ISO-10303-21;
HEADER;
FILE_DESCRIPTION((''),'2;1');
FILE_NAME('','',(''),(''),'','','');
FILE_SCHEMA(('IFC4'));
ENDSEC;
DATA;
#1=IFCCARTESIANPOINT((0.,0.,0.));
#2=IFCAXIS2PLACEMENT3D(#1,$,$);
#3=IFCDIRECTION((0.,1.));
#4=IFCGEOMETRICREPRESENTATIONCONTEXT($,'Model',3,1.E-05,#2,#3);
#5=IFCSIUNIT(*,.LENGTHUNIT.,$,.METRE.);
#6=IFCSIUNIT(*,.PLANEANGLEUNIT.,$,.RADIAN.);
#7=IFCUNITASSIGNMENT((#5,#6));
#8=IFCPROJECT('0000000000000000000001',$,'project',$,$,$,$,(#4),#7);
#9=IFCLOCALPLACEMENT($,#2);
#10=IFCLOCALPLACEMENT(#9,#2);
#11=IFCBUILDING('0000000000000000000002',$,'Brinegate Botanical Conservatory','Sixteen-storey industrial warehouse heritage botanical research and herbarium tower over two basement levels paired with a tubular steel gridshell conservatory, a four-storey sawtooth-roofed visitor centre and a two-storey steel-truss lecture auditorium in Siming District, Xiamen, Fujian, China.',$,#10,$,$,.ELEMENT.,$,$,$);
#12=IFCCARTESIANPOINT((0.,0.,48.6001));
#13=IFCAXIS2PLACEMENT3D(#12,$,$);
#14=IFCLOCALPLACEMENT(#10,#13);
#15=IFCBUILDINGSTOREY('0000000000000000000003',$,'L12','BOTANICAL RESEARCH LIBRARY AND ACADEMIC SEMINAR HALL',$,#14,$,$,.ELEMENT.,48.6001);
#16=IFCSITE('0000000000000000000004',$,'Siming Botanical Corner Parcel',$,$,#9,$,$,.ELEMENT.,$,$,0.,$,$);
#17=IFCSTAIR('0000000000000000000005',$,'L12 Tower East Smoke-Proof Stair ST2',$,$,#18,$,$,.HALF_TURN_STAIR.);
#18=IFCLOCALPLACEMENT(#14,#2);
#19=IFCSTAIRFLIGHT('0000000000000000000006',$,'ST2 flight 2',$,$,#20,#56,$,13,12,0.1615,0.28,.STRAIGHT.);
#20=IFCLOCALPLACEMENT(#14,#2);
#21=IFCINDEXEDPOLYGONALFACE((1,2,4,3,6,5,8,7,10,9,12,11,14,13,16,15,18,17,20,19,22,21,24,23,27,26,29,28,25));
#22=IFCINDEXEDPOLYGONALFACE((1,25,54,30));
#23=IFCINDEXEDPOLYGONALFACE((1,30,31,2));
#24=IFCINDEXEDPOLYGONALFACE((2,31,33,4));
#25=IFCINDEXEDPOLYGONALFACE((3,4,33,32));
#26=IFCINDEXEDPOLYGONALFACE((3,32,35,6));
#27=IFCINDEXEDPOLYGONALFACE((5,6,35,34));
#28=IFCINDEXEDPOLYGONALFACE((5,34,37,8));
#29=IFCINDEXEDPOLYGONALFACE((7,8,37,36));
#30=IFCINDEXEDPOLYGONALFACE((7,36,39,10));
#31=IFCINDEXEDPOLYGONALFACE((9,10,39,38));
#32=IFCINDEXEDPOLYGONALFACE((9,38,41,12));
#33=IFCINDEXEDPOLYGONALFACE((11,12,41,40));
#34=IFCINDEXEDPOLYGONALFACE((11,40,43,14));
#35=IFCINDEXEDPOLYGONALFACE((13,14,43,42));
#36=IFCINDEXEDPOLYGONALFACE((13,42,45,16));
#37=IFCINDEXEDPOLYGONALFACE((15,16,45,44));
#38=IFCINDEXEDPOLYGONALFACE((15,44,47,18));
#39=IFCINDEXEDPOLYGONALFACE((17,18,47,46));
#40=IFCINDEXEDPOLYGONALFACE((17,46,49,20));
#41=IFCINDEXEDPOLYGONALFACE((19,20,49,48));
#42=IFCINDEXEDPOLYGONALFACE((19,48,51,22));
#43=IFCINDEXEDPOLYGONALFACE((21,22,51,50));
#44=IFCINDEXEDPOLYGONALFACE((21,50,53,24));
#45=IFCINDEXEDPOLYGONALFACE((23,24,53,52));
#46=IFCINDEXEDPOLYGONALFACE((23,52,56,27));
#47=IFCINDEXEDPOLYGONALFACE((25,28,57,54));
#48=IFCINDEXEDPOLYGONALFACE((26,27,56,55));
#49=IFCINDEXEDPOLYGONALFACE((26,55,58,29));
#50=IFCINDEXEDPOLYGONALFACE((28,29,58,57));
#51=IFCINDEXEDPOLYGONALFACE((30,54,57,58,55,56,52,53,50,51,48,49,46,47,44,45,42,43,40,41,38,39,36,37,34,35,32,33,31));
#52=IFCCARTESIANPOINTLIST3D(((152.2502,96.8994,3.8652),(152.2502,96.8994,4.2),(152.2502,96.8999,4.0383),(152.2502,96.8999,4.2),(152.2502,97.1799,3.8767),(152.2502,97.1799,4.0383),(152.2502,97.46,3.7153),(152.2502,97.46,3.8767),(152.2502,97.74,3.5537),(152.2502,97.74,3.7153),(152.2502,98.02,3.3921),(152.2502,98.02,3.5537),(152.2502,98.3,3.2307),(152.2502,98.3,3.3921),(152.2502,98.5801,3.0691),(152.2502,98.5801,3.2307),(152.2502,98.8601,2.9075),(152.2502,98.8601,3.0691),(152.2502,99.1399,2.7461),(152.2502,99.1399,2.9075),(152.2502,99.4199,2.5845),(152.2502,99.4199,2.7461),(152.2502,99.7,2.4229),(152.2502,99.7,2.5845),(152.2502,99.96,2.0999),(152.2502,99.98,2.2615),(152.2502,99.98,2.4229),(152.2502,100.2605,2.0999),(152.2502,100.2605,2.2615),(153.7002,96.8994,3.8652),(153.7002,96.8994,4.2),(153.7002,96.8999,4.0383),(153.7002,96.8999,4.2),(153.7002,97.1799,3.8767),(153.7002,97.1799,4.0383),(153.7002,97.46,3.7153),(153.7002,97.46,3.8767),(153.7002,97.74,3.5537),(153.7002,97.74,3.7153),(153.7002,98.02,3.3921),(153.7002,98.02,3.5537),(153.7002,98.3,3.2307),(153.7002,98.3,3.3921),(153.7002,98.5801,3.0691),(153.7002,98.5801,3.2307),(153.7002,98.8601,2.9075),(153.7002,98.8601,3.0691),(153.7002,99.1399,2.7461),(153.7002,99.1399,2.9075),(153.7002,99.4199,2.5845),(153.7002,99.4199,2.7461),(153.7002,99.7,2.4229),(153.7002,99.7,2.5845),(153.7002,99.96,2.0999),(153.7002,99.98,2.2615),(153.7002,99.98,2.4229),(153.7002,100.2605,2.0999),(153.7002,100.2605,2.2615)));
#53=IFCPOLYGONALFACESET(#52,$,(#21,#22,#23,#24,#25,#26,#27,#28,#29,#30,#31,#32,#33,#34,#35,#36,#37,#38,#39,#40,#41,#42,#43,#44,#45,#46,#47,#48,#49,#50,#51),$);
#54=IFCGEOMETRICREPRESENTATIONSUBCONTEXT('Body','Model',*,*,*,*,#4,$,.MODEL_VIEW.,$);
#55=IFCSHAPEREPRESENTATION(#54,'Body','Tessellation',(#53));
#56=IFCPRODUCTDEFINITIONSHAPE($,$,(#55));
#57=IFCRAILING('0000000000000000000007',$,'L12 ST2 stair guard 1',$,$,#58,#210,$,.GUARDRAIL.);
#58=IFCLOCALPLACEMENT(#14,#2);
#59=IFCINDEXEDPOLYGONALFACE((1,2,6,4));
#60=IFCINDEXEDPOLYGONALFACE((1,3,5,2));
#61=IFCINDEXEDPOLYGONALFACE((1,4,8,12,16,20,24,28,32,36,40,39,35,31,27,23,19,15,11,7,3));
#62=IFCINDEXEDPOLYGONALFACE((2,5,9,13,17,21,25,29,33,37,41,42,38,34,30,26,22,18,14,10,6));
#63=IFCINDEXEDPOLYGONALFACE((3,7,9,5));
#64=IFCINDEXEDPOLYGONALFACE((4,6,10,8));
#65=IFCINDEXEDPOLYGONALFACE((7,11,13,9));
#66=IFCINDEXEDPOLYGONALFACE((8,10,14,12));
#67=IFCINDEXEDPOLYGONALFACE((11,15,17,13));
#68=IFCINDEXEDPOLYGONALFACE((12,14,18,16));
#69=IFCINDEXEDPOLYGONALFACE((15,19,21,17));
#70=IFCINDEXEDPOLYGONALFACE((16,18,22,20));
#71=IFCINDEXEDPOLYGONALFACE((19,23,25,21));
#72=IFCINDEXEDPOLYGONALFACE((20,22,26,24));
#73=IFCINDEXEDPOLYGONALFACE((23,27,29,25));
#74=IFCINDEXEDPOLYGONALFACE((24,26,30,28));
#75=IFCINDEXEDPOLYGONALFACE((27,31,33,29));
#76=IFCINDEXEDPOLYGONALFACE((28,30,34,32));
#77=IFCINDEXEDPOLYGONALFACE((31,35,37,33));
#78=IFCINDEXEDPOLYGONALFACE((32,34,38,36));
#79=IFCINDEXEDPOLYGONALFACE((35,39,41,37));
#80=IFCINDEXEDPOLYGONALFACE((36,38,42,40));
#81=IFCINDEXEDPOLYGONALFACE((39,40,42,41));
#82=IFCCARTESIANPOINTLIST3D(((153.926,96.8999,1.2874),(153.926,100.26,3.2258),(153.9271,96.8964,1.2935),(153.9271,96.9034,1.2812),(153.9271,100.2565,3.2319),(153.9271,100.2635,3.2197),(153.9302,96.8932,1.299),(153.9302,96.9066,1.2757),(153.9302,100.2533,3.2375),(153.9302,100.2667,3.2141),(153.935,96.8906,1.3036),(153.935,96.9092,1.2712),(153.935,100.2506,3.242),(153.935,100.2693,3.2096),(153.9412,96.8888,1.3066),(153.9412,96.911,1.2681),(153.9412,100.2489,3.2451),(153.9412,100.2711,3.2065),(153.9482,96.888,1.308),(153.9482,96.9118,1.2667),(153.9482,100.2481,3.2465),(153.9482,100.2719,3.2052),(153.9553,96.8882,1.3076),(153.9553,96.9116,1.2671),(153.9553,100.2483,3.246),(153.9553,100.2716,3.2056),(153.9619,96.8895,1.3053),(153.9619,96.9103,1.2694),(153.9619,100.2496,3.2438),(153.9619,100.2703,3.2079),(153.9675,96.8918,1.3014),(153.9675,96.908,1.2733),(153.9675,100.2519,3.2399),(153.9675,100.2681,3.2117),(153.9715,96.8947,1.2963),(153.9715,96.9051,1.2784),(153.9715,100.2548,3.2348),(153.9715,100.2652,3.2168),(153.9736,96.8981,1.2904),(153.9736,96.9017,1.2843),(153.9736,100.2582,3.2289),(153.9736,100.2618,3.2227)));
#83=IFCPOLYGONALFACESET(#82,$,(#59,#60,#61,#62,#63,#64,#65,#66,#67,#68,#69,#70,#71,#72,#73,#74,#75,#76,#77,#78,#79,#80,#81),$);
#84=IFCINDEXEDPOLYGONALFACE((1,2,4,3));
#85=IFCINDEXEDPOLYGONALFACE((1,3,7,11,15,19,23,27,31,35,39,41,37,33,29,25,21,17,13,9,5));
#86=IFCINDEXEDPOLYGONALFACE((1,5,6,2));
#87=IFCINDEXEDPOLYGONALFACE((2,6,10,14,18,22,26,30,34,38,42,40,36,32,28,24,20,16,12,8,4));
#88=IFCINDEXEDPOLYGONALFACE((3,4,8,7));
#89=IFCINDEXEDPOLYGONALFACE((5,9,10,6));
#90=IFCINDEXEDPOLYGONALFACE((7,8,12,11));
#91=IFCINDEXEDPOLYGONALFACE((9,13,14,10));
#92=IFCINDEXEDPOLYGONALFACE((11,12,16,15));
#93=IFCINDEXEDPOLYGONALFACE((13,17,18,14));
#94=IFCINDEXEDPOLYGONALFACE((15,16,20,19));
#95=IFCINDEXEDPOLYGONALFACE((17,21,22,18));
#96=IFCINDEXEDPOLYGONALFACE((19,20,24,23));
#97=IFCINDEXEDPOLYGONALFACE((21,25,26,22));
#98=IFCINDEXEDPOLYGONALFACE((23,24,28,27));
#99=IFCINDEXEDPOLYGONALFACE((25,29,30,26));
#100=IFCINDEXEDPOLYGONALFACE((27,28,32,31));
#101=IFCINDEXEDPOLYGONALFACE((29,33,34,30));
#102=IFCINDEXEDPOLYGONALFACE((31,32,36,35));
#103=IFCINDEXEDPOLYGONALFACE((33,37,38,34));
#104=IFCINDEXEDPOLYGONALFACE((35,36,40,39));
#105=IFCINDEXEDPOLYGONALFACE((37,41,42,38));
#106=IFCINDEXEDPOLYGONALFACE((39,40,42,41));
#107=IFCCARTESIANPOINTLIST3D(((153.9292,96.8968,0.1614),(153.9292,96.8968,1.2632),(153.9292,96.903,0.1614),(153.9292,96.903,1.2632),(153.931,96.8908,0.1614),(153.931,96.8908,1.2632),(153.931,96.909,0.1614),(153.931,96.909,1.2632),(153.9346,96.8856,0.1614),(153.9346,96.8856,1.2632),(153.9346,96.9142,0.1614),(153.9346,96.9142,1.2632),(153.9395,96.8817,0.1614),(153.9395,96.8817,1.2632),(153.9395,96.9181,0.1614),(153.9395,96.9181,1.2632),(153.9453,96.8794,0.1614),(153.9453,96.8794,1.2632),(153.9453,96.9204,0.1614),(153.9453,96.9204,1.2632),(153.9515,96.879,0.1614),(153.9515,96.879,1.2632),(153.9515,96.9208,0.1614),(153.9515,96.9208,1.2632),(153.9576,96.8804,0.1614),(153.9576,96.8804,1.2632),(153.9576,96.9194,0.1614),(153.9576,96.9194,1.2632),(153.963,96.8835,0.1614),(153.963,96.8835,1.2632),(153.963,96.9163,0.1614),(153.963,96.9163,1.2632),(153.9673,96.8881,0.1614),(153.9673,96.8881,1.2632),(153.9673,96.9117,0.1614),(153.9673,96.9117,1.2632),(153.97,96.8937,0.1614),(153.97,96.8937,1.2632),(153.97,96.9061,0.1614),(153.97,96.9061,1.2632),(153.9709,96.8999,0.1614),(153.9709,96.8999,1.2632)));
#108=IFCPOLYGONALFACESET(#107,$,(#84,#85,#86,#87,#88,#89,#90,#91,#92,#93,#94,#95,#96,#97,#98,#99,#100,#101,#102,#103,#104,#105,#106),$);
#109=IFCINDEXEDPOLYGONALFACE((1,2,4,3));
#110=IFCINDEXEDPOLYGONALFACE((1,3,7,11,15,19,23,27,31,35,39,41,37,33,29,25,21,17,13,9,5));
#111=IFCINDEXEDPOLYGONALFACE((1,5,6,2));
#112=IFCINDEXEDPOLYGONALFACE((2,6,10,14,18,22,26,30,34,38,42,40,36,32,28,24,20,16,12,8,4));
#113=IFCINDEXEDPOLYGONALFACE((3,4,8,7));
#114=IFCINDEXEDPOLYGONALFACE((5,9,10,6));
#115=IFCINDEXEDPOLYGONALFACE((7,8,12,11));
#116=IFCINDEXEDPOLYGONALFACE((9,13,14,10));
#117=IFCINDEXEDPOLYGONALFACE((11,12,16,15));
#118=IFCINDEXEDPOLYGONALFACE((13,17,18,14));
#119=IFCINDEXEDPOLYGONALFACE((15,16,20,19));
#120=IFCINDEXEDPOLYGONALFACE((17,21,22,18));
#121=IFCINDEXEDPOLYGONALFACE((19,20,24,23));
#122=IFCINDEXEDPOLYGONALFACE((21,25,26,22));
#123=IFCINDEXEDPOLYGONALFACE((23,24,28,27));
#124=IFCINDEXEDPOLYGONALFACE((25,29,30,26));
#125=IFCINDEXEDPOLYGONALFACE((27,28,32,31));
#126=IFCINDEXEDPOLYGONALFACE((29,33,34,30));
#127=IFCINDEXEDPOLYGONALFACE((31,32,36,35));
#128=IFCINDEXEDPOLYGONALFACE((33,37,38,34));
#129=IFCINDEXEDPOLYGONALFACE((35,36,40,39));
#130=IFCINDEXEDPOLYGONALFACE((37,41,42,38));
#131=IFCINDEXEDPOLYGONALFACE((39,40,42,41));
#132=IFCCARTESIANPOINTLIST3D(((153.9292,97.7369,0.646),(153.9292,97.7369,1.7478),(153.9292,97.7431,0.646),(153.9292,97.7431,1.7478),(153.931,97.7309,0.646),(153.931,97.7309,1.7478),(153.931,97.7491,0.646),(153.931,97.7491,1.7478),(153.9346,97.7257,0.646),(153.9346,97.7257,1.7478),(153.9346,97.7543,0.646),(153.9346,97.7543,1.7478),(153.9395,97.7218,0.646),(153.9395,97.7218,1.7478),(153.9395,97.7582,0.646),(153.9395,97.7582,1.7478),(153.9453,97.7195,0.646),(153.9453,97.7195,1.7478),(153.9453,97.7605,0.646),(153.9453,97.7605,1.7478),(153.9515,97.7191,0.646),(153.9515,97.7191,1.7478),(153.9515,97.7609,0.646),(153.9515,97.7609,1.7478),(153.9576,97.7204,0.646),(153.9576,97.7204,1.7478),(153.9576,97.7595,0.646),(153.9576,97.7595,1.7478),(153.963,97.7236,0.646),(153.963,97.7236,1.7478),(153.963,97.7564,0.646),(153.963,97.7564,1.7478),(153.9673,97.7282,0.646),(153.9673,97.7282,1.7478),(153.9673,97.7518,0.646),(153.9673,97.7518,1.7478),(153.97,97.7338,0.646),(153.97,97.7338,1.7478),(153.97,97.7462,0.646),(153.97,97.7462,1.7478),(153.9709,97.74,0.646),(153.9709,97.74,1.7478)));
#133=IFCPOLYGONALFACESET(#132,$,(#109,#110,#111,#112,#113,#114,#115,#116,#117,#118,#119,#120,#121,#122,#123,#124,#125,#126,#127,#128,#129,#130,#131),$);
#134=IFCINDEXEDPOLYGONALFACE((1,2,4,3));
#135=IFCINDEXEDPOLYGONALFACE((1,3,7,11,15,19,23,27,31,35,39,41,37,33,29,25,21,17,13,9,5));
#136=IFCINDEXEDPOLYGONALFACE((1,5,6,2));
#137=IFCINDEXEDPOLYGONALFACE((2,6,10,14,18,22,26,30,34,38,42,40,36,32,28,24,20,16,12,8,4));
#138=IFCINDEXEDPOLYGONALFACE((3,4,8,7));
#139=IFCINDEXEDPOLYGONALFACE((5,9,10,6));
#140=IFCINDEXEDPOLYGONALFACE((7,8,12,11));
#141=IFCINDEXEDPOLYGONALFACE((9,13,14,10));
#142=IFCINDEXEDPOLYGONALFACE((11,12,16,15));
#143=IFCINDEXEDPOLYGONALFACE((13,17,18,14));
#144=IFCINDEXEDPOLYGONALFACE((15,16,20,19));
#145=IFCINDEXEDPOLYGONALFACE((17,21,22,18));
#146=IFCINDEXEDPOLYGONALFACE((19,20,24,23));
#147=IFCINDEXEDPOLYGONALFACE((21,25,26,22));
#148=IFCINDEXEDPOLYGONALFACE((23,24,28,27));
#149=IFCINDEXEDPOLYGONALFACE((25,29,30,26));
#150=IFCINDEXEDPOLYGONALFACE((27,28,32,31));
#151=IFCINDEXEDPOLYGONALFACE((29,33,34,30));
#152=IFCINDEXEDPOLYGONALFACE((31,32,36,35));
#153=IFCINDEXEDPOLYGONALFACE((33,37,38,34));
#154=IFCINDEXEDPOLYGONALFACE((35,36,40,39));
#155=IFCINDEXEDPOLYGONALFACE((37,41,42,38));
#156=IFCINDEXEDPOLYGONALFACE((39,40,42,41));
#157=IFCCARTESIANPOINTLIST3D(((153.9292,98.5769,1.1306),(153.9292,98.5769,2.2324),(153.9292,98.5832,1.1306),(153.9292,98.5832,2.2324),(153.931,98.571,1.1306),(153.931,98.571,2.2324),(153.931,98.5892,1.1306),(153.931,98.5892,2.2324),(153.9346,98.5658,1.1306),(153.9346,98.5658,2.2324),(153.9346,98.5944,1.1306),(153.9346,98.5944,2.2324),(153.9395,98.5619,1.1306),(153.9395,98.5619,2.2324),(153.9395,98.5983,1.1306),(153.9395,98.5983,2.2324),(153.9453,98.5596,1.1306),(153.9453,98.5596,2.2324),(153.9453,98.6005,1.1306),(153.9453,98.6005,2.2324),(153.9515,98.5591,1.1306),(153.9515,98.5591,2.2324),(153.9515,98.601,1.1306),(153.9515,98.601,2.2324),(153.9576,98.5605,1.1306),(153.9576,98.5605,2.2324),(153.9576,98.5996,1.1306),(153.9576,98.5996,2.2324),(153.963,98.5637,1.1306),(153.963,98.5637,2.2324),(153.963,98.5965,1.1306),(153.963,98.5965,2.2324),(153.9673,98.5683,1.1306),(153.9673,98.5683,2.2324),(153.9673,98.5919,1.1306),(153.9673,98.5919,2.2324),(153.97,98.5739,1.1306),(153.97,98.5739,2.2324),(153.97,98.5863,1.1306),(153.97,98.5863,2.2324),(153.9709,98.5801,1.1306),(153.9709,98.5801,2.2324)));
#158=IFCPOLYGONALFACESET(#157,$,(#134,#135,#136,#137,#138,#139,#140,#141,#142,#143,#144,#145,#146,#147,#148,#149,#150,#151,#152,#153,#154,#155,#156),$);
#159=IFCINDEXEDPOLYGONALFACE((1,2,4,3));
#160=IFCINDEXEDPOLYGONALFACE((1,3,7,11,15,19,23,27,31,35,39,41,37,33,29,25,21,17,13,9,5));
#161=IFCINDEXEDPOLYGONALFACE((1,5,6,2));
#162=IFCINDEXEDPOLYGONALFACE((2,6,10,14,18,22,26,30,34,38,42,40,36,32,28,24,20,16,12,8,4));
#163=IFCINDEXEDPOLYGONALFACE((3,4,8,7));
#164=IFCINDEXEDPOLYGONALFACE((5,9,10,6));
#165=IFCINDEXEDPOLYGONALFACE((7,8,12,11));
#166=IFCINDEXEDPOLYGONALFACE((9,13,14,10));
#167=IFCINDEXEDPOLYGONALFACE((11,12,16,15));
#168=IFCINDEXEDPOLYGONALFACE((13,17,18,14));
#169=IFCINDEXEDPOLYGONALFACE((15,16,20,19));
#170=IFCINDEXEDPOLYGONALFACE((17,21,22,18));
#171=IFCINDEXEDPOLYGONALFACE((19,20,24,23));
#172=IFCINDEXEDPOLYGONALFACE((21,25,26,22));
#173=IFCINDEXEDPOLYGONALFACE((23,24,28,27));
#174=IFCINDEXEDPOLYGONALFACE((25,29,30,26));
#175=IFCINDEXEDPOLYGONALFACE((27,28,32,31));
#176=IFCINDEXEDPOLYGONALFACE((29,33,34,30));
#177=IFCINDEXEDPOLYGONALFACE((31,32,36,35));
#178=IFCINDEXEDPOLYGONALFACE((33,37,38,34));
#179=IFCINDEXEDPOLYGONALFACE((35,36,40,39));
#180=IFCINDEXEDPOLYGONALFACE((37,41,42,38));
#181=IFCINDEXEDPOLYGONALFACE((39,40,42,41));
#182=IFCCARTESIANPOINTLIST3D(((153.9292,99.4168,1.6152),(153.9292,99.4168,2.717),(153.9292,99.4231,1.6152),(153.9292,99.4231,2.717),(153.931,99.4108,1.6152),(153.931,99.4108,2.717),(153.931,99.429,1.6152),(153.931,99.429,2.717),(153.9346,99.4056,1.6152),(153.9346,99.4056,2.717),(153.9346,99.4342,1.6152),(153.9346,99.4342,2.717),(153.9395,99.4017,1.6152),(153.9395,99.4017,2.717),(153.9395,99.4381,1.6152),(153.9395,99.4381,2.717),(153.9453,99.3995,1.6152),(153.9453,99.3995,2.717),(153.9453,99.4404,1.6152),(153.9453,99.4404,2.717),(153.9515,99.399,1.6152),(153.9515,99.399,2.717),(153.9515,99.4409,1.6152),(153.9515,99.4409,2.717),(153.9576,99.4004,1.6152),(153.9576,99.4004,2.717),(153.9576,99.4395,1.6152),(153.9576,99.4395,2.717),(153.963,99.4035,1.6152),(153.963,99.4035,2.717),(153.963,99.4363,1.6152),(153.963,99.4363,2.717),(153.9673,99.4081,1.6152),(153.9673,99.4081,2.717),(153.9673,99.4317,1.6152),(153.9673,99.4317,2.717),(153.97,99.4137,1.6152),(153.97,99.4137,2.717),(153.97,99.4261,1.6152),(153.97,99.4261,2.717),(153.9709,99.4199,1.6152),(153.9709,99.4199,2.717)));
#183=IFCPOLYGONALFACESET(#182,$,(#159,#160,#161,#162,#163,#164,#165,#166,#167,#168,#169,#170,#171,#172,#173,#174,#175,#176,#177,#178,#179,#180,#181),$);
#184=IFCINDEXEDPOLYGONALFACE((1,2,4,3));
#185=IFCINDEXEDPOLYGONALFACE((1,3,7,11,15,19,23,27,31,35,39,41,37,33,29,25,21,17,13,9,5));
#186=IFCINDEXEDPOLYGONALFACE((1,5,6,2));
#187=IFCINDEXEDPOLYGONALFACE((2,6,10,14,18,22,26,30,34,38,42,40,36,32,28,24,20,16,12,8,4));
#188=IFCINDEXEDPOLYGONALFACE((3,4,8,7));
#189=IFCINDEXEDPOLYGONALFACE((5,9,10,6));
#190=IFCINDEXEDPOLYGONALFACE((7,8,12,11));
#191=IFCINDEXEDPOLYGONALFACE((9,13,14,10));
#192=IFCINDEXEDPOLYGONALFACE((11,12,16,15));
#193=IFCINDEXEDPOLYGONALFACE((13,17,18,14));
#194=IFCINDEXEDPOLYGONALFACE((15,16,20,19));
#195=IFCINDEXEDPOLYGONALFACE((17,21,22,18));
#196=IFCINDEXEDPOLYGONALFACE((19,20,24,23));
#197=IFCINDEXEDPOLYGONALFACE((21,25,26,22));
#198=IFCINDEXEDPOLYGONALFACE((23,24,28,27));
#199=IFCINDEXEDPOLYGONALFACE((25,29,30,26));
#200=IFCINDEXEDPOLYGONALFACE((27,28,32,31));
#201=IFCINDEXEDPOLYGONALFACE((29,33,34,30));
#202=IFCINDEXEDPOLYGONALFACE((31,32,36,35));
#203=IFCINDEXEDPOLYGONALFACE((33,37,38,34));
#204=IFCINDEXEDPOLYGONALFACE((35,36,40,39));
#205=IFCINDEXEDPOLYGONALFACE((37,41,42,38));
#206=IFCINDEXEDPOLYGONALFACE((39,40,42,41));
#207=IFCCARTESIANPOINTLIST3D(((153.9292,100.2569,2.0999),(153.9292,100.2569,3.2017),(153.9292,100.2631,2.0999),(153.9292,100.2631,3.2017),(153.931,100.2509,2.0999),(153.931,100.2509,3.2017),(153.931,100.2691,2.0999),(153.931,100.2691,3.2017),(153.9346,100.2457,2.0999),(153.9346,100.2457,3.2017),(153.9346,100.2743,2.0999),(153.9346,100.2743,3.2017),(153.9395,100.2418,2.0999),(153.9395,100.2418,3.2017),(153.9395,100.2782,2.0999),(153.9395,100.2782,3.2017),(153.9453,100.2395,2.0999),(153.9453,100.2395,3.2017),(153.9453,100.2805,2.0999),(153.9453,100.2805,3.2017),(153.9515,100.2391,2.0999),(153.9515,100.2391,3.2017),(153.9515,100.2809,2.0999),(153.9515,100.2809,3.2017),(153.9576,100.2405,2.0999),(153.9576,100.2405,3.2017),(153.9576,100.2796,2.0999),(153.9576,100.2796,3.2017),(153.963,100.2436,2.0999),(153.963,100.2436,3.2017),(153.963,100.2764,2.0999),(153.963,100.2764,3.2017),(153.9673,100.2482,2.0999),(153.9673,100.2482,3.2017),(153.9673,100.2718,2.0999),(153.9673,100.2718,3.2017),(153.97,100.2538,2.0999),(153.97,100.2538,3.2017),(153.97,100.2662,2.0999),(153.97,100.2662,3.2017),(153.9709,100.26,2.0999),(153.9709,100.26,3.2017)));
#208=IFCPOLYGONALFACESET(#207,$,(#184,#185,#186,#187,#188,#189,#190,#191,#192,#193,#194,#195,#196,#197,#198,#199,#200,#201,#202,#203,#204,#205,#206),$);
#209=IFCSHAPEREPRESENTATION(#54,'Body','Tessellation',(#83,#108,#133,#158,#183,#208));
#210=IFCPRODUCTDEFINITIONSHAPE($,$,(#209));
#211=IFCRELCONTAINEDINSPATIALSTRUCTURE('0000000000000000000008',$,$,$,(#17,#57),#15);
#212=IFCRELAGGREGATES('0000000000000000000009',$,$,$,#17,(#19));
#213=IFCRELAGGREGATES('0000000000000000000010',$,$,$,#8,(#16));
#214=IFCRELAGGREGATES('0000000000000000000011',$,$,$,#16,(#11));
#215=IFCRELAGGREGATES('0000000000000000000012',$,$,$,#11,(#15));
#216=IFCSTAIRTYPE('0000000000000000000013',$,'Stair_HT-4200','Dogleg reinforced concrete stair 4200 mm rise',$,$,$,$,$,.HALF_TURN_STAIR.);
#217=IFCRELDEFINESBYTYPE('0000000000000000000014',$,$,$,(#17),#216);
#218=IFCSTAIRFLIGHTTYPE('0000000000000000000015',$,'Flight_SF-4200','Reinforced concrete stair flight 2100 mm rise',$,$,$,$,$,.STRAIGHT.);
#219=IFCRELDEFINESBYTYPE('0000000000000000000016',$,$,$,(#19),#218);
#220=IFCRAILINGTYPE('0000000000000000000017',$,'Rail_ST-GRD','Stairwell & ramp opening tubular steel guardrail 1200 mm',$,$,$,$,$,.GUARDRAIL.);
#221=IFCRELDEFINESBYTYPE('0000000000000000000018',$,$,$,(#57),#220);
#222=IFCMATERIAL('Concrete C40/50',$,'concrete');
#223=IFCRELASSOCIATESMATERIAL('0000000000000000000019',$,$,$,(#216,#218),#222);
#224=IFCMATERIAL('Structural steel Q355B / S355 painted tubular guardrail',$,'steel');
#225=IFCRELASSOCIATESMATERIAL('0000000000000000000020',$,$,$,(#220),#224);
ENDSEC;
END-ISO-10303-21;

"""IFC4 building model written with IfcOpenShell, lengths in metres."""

from ifc_helpers import new_model, si_unit, direction, frame, origin, origin_2d, place, context, subcontext, project, spatial, polyline, circle, outline, extrude, material, type_object, element, aggregate, save


model = new_model("IFC4")

# Units and contexts
model_context = context("Model", 3, precision=1e-05, world=origin(), true_north=direction((0.0, 1.0)))
body_context = subcontext(model_context, "Body", "Model", "MODEL_VIEW")
ifc_project = project(units=[si_unit("LENGTHUNIT", "METRE"), si_unit("PLANEANGLEUNIT", "RADIAN")], contexts=[model_context])

# Site, building, storey
site_placement = place(None, origin())
site = spatial("IfcSite", under=ifc_project, at=site_placement, Name="Siming Botanical Corner Parcel", CompositionType="ELEMENT", RefElevation=0.0)
building_placement = place(site_placement, origin())
building = spatial("IfcBuilding", under=site, at=building_placement, Name="Brinegate Botanical Conservatory", Description="Sixteen-storey industrial warehouse heritage botanical research and herbarium tower over two basement levels paired with a tubular steel gridshell conservatory, a four-storey sawtooth-roofed visitor centre and a two-storey steel-truss lecture auditorium in Siming District, Xiamen, Fujian, China.", CompositionType="ELEMENT")
storey_placement = place(building_placement, frame((0.0, 0.0, 48.6001)))
storey = spatial("IfcBuildingStorey", under=building, at=storey_placement, Name="L12", Description="BOTANICAL RESEARCH LIBRARY AND ACADEMIC SEMINAR HALL", CompositionType="ELEMENT", Elevation=48.6001)

# Shared definitions
ifc_material_1 = material(Name="Concrete C40/50", Category="concrete")

# Stair, stair flight
stair_type = type_object("IfcStairType", Name="Stair_HT-4200", Description="Dogleg reinforced concrete stair 4200 mm rise", PredefinedType="HALF_TURN_STAIR", material=ifc_material_1)
stair_placement = place(storey_placement, origin())
stair = element("IfcStair", 1, at=stair_placement, inside=storey, type_object=stair_type, Name="L12 Tower East Smoke-Proof Stair ST2", PredefinedType="HALF_TURN_STAIR")
stair_flight_type = type_object("IfcStairFlightType", Name="Flight_SF-4200", Description="Reinforced concrete stair flight 2100 mm rise", PredefinedType="STRAIGHT", material=ifc_material_1)
stair_flight_1_placement = place(storey_placement, frame((152.9751, 100.26, 2.0999), z_axis=(0.0, 0.0, 1.0), x_axis=(0.0, -1.0, 0.0)))
stair_flight_1 = element("IfcStairFlight", 2, at=stair_flight_1_placement, type_object=stair_flight_type, Name="ST2 flight 2", NumberOfRisers=13, NumberOfTreads=12, PredefinedType="STRAIGHT", RiserHeight=0.1615, TreadLength=0.28, context=body_context, shape_type="SweptSolid", body=[
    extrude(outline(polyline([(-0.0005, 0.0), (-0.0005, 0.1616), (0.28, 0.1616), (0.28, 0.323), (0.5601, 0.323), (0.5601, 0.4846), (0.8401, 0.4846), (0.8401, 0.6462), (1.1201, 0.6462), (1.1201, 0.8076), (1.3999, 0.8076), (1.3999, 0.9692), (1.6799, 0.9692), (1.6799, 1.1309), (1.96, 1.1309), (1.96, 1.2922), (2.24, 1.2922), (2.24, 1.4539), (2.52, 1.4539), (2.52, 1.6155), (2.8, 1.6155), (2.8, 1.7769), (3.0801, 1.7769), (3.0801, 1.9385), (3.3601, 1.9385), (3.3601, 2.1001), (3.3606, 2.1001), (3.3606, 1.7654), (0.3, 0.0), (-0.0005, 0.0)])), frame((0.0, 0.7251, 0.0), z_axis=(0.0, -1.0, 0.0), x_axis=(1.0, 0.0, 0.0)), (0.0, 0.0, 1.0), 1.45),
])
aggregate(stair, [stair_flight_1])

# Railing
ifc_material_2 = material(Name="Structural steel Q355B / S355 painted tubular guardrail", Category="steel")
railing_type_1 = type_object("IfcRailingType", Name="Rail_ST-GRD", Description="Stairwell & ramp opening tubular steel guardrail 1200 mm", PredefinedType="GUARDRAIL", material=ifc_material_2)
railing_1_placement = place(storey_placement, frame((153.95, 96.8999, 0.1614)))
element("IfcRailing", 3, at=railing_1_placement, inside=storey, type_object=railing_type_1, Name="L12 ST2 stair guard 1", PredefinedType="GUARDRAIL", context=body_context, shape_type="SweptSolid", body=[
    extrude(circle(Radius=0.0239, at=origin_2d()), frame((0.0, 0.0, 1.126), z_axis=(0.0, 0.866191, 0.499713), x_axis=(-1.0, 0.0, 0.0)), (0.0, 0.0, 1.0), 3.8792),
    extrude(circle(Radius=0.021, at=origin_2d()), origin(), (0.0, 0.0, 1.0), 1.1018),
    extrude(circle(Radius=0.021, at=origin_2d()), frame((0.0, 0.8401, 0.4846)), (0.0, 0.0, 1.0), 1.1018),
    extrude(circle(Radius=0.021, at=origin_2d()), frame((0.0, 1.6802, 0.9692)), (0.0, 0.0, 1.0), 1.1018),
    extrude(circle(Radius=0.021, at=origin_2d()), frame((0.0, 2.52, 1.4539)), (0.0, 0.0, 1.0), 1.1018),
    extrude(circle(Radius=0.021, at=origin_2d()), frame((0.0, 3.3601, 1.9385)), (0.0, 0.0, 1.0), 1.1018),
])

save(model, "model.ifc")
